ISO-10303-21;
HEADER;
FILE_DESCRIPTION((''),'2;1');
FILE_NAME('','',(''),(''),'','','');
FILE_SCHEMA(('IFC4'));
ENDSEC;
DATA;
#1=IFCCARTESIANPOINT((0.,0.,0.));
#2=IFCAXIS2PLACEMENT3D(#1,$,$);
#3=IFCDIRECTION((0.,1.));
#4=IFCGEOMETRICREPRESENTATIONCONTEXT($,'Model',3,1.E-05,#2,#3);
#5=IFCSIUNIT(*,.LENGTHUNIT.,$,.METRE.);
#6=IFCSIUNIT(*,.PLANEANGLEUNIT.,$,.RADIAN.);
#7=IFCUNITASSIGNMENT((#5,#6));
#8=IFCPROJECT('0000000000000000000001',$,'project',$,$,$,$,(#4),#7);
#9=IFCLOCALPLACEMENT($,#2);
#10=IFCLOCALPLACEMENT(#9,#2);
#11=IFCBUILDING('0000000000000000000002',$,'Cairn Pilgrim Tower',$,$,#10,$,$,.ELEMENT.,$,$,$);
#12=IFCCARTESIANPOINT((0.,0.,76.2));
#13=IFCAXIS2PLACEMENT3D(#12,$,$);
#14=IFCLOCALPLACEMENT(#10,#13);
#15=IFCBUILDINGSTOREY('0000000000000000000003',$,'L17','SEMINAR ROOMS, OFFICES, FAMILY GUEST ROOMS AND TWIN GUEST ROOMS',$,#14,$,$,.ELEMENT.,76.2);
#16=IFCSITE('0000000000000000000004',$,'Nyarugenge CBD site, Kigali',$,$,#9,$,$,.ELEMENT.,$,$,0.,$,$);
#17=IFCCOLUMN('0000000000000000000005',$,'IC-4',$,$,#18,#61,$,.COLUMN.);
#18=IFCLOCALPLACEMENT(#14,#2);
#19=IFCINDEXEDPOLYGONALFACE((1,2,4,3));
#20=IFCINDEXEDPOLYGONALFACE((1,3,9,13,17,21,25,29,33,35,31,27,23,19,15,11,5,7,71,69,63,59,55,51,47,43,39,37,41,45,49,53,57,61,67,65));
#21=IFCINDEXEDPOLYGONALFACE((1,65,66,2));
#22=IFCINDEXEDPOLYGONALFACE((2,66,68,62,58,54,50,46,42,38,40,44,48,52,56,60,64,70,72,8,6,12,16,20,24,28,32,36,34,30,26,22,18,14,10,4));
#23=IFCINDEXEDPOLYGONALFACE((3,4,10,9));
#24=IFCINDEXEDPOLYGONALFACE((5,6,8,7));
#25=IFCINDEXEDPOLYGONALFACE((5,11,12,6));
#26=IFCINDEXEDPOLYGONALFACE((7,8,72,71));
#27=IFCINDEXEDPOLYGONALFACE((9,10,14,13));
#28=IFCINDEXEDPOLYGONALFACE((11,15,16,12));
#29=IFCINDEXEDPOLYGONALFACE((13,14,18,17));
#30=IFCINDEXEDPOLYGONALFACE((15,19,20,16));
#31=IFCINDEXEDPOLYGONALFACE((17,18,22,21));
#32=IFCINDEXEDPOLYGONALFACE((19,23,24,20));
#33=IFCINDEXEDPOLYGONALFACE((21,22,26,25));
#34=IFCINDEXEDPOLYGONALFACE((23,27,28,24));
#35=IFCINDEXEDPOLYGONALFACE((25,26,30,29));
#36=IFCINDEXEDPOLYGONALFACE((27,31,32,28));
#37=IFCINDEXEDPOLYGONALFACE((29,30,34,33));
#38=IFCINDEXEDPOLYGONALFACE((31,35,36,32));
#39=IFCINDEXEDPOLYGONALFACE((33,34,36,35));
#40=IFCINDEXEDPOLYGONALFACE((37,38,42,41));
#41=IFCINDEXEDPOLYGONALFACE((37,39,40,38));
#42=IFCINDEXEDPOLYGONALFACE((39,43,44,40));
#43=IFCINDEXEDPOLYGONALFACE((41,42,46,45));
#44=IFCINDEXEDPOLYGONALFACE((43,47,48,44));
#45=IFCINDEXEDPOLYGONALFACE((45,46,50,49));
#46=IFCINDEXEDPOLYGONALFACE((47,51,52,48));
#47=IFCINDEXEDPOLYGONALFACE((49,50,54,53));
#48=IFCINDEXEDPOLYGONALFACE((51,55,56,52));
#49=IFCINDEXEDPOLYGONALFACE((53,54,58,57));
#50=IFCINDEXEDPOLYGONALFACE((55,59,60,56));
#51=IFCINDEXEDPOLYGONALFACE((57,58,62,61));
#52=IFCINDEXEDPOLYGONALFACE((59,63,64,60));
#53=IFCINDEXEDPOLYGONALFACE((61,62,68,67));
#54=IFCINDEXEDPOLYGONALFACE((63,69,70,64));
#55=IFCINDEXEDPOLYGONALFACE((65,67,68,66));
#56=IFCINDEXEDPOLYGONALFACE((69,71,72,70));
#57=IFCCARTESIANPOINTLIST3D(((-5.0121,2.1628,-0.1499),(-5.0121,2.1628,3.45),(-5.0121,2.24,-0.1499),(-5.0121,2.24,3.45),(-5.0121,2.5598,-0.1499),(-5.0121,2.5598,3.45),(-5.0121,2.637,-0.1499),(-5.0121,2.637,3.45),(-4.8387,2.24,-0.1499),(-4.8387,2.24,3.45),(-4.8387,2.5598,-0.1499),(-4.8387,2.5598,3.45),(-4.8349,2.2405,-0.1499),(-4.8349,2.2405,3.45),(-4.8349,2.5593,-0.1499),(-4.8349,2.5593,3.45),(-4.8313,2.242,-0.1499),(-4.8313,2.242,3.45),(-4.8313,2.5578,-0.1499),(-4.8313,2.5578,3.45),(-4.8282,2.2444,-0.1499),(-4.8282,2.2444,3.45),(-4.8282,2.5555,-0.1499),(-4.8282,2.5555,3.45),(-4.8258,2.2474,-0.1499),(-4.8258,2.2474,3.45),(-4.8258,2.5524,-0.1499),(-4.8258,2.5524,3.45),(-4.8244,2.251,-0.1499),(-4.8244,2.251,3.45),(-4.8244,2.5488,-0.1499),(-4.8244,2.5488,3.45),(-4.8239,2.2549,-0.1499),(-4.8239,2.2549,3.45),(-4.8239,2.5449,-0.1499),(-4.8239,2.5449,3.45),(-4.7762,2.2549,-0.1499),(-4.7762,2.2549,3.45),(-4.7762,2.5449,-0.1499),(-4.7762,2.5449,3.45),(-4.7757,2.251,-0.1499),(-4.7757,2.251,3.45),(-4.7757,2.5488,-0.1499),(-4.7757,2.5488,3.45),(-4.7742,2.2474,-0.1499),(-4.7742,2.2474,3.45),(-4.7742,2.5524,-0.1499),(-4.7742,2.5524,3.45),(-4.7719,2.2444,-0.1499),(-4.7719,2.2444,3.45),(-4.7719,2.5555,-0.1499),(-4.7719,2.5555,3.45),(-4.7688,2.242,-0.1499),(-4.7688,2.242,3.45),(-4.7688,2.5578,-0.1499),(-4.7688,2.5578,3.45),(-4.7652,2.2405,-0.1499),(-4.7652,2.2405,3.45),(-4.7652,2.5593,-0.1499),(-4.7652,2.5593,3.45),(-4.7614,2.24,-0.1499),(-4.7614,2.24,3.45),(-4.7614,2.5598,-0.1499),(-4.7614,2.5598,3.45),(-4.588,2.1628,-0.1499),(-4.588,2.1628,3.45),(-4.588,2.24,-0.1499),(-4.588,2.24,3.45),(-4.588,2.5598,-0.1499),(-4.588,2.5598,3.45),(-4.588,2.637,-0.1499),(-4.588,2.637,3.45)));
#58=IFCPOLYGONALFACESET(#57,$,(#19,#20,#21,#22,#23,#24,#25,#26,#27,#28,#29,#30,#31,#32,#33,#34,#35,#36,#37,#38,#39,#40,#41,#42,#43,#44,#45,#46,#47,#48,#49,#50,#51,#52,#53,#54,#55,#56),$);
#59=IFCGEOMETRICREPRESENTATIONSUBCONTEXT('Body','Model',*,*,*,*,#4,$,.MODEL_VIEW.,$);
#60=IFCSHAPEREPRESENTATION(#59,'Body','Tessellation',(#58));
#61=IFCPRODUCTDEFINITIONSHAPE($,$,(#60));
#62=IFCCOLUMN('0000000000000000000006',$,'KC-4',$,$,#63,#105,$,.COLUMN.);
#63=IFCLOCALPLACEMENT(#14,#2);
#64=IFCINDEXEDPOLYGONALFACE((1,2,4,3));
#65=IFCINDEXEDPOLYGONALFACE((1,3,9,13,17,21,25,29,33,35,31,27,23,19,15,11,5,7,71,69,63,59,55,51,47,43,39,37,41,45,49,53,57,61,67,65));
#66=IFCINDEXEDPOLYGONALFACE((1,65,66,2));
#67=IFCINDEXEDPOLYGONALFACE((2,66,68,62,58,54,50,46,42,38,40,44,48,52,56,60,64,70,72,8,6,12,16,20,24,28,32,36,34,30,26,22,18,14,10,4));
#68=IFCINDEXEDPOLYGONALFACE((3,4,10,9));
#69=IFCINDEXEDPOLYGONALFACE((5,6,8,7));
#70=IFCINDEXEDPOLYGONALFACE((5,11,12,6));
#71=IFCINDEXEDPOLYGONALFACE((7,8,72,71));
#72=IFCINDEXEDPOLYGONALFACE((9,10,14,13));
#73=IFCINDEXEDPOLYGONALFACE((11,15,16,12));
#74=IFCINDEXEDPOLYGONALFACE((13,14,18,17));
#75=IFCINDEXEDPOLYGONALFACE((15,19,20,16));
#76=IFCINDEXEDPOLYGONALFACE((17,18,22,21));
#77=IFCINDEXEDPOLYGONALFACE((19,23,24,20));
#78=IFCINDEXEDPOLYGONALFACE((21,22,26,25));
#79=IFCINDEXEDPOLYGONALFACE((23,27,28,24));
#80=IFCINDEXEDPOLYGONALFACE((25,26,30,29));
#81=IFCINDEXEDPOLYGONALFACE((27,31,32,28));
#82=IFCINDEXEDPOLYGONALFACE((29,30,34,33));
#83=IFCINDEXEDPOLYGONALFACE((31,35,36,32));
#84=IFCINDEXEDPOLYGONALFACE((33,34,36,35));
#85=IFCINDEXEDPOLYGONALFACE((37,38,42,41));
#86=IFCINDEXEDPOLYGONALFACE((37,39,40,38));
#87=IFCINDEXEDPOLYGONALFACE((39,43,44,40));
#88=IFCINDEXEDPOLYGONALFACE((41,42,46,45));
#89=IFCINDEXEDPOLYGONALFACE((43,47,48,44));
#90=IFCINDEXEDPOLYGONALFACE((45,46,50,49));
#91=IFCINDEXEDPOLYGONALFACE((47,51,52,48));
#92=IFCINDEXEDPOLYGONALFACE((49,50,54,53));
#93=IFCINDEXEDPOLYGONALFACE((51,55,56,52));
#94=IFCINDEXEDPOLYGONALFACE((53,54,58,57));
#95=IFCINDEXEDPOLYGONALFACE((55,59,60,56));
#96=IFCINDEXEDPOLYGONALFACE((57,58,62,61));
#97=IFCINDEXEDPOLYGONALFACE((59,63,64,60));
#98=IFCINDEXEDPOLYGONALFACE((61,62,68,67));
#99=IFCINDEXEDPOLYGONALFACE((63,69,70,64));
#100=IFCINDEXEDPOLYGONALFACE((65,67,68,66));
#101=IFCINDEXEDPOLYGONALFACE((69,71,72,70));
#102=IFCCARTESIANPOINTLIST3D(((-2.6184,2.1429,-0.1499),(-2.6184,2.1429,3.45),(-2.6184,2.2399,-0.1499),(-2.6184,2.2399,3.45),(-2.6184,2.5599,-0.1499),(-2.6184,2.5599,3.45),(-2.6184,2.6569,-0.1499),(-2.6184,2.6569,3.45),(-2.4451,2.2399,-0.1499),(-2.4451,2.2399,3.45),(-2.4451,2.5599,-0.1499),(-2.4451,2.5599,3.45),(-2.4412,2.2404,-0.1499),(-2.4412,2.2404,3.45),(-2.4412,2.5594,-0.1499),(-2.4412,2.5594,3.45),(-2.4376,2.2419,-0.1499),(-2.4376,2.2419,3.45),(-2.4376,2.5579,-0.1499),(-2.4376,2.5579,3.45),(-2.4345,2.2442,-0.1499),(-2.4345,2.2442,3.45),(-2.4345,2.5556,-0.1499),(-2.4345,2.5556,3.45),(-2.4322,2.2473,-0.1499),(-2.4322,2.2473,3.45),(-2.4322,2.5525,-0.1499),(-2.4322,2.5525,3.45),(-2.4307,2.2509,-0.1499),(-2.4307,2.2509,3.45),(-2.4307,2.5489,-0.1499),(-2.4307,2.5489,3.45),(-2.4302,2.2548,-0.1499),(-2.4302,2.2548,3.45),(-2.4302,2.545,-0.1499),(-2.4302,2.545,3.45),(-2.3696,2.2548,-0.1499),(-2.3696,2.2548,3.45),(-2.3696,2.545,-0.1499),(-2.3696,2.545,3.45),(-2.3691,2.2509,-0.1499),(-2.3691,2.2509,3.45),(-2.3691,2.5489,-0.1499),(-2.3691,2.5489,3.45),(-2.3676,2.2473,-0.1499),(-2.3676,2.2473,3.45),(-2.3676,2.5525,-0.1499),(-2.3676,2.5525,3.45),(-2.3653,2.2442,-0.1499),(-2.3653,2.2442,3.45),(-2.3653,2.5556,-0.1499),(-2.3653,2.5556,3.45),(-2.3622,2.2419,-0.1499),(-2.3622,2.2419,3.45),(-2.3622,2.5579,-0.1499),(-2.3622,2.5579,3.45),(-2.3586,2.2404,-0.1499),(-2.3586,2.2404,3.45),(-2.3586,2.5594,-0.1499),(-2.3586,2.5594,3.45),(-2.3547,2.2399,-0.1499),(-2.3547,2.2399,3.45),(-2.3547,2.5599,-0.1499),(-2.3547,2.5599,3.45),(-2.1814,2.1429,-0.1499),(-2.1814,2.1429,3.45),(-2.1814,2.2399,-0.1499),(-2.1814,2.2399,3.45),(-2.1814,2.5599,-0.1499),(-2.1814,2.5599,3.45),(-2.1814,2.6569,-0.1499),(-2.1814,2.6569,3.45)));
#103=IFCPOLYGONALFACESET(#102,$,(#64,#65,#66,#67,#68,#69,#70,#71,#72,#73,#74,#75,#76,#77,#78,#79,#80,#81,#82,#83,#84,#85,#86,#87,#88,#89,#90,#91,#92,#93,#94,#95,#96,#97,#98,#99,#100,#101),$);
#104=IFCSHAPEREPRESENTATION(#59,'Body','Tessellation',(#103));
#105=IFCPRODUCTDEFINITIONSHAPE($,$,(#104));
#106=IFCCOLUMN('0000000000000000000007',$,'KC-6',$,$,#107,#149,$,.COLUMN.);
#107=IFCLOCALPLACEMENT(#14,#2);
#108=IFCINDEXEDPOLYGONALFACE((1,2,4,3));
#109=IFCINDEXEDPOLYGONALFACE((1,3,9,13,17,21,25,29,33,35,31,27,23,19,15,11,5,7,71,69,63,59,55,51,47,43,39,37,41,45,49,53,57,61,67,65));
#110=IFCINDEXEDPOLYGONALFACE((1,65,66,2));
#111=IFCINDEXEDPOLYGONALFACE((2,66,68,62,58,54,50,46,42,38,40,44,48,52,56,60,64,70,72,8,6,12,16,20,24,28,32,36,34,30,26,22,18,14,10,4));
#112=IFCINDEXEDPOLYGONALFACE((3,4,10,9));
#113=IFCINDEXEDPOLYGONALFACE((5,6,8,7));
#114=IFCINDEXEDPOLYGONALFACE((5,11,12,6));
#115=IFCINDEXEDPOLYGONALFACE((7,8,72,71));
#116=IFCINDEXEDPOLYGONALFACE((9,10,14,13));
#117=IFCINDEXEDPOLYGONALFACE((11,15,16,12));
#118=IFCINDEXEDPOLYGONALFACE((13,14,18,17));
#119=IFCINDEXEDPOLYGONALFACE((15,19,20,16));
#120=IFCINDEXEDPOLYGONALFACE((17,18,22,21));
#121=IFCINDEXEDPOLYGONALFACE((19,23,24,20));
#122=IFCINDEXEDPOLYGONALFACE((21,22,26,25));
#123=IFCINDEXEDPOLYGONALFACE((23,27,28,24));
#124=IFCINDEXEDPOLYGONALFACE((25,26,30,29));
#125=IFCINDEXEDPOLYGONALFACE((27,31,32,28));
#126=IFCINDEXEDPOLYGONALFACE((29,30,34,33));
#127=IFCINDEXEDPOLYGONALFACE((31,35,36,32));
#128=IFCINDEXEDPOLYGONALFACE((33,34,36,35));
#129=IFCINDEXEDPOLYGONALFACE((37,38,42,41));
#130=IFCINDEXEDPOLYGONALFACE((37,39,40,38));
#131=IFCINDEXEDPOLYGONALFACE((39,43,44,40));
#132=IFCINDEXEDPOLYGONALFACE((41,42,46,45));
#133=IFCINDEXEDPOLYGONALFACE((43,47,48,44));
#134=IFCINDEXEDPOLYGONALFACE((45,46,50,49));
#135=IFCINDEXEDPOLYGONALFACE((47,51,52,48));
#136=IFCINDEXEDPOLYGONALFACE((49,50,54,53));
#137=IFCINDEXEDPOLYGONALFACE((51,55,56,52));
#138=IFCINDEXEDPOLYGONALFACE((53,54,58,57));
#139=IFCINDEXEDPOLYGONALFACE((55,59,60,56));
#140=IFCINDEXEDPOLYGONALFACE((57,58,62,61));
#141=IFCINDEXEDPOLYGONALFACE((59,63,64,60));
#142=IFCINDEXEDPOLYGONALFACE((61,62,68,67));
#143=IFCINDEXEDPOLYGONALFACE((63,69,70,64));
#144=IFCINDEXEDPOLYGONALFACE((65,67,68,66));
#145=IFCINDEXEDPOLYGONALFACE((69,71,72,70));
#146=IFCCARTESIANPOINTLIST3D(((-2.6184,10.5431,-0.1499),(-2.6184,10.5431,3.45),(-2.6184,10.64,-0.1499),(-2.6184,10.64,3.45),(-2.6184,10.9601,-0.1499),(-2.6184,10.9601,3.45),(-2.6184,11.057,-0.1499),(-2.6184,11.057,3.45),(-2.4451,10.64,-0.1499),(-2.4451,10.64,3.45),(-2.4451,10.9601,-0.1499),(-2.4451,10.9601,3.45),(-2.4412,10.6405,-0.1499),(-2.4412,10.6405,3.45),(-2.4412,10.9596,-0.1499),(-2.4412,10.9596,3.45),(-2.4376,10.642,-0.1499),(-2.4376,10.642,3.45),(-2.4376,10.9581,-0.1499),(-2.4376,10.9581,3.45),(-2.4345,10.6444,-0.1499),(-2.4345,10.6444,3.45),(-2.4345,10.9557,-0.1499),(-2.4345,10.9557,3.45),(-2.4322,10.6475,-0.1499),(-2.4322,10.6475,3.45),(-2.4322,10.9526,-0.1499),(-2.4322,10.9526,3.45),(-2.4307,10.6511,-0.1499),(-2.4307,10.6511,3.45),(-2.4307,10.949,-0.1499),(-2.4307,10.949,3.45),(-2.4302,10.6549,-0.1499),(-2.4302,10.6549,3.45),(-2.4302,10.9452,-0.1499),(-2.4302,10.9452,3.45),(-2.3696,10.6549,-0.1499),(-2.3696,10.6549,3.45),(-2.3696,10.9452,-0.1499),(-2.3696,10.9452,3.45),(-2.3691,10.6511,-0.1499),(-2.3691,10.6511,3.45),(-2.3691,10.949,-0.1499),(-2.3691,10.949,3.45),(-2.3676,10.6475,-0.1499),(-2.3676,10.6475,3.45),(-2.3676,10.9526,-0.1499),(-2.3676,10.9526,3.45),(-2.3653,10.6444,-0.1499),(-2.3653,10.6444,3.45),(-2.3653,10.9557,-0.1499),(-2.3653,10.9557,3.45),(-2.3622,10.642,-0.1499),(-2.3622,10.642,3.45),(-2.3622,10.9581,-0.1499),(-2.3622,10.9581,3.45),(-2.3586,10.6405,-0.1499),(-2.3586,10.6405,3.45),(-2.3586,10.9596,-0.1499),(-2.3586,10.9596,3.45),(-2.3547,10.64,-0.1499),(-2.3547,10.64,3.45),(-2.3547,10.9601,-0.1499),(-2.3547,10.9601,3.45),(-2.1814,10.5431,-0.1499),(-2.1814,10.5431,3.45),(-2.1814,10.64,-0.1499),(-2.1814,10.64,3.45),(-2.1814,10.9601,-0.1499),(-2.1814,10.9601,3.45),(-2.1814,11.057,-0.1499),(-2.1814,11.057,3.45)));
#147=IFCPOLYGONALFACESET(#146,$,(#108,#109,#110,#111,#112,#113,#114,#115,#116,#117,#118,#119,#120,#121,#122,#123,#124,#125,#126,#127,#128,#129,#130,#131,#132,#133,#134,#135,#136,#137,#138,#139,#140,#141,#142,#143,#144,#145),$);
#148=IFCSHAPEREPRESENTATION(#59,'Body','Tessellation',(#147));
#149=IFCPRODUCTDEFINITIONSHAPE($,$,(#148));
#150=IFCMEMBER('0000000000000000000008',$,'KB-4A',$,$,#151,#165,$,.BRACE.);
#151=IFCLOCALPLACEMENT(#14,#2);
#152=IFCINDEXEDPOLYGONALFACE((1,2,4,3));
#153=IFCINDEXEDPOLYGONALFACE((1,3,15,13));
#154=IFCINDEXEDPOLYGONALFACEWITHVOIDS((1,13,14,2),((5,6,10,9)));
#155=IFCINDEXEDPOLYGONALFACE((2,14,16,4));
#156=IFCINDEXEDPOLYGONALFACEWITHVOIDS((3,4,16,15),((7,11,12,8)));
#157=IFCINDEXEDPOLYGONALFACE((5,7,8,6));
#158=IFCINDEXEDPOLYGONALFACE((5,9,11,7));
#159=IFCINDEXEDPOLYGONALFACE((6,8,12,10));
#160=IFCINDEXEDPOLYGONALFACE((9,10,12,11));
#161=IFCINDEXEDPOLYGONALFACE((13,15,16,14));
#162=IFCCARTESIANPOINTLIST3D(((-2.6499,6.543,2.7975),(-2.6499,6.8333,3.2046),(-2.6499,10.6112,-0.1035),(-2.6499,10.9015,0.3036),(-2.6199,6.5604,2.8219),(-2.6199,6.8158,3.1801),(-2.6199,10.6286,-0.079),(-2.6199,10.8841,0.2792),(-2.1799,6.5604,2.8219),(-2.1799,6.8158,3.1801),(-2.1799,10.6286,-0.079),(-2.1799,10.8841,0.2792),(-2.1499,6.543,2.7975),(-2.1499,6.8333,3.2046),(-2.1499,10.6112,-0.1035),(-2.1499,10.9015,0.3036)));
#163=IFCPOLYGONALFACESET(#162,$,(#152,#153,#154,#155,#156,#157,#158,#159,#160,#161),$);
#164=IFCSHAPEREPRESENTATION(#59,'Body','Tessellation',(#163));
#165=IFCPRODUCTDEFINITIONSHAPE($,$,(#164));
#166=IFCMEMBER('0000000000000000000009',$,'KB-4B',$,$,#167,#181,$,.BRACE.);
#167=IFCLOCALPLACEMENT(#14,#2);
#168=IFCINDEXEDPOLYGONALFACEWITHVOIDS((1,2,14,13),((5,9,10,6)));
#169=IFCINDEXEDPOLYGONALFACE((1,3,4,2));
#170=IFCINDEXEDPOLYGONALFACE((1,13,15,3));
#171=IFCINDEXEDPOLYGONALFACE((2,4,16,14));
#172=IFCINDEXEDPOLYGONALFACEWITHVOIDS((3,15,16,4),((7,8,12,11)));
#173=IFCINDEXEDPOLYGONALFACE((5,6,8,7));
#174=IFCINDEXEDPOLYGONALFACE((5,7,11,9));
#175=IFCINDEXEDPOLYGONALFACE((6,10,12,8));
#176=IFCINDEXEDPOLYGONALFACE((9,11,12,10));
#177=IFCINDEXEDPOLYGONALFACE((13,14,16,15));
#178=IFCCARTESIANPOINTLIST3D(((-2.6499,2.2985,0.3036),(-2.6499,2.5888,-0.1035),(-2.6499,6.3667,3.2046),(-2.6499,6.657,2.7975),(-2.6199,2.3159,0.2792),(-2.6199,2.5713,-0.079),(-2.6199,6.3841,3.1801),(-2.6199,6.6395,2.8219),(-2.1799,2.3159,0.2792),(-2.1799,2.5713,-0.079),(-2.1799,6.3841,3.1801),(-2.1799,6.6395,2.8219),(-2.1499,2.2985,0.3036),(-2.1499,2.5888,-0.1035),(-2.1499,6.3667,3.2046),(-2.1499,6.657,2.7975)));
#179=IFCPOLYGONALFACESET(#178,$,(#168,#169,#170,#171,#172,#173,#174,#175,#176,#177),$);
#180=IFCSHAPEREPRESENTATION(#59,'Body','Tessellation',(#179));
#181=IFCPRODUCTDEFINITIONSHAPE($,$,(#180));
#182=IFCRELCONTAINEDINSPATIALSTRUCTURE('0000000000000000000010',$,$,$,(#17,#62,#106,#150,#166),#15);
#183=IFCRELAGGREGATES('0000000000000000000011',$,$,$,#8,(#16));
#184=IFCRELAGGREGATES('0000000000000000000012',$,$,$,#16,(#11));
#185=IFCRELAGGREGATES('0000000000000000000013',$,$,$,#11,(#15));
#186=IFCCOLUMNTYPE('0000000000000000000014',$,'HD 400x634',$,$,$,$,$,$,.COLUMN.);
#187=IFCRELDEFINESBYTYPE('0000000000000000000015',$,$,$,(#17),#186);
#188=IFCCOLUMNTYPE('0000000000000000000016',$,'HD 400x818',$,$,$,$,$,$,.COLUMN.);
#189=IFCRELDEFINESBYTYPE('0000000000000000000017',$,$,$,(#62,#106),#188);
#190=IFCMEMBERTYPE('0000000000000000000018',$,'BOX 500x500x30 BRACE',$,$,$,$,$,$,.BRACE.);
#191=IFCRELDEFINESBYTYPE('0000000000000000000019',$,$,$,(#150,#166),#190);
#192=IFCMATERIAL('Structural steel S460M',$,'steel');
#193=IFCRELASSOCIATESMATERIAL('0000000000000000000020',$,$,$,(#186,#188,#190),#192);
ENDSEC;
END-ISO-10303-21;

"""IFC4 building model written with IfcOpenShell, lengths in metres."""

from ifc_helpers import new_model, si_unit, direction, frame, origin, origin_2d, place, context, subcontext, project, spatial, hollow_rectangle, i_section, extrude, material, material_profile, profile_set, type_object, element, save


model = new_model("IFC4")

# Units and contexts
model_context = context("Model", 3, precision=1e-05, world=origin(), true_north=direction((0.0, 1.0)))
body_context = subcontext(model_context, "Body", "Model", "MODEL_VIEW")
ifc_project = project(units=[si_unit("LENGTHUNIT", "METRE"), si_unit("PLANEANGLEUNIT", "RADIAN")], contexts=[model_context])

# Site, building, storey
site_placement = place(None, origin())
site = spatial("IfcSite", under=ifc_project, at=site_placement, Name="Nyarugenge CBD site, Kigali", CompositionType="ELEMENT", RefElevation=0.0)
building_placement = place(site_placement, origin())
building = spatial("IfcBuilding", under=site, at=building_placement, Name="Cairn Pilgrim Tower", CompositionType="ELEMENT")
storey_placement = place(building_placement, frame((0.0, 0.0, 76.2)))
storey = spatial("IfcBuildingStorey", under=building, at=storey_placement, Name="L17", Description="SEMINAR ROOMS, OFFICES, FAMILY GUEST ROOMS AND TWIN GUEST ROOMS", CompositionType="ELEMENT", Elevation=76.2)

# Columns
ifc_material_1 = material(Name="Structural steel S460M", Category="steel")
ifc_material_profile_1 = material_profile(ifc_material_1, i_section(OverallWidth=0.4241, OverallDepth=0.4741, WebThickness=0.0476, FlangeThickness=0.0771, FilletRadius=0.0149, at=origin_2d()), Name="HD 400x634")
ifc_profile_set_1 = profile_set([ifc_material_profile_1], Name="Structural steel S460M")
column_type_1 = type_object("IfcColumnType", Name="HD 400x634", PredefinedType="COLUMN", material=ifc_profile_set_1)
column_placement = place(storey_placement, frame((-4.8, 2.3999, -0.1499), z_axis=(0.0, 0.0, 1.0), x_axis=(1.0, 0.0, 0.0)))
element("IfcColumn", 1, at=column_placement, inside=storey, type_object=column_type_1, Name="IC-4", PredefinedType="COLUMN", context=body_context, shape_type="SweptSolid", body=[
    extrude(i_section(OverallWidth=0.4241, OverallDepth=0.4741, WebThickness=0.0476, FlangeThickness=0.0771, FilletRadius=0.0149, at=origin_2d()), origin(), (0.0, 0.0, 1.0), 3.5999),
])
ifc_material_profile_2 = material_profile(ifc_material_1, i_section(OverallWidth=0.437, OverallDepth=0.5139, WebThickness=0.0605, FlangeThickness=0.0969, FilletRadius=0.0149, at=origin_2d()), Name="HD 400x818")
ifc_profile_set_2 = profile_set([ifc_material_profile_2], Name="Structural steel S460M")
column_type_2 = type_object("IfcColumnType", Name="HD 400x818", PredefinedType="COLUMN", material=ifc_profile_set_2)
for number, where, z_axis, x_axis, name in (
    (2, (-2.3999, 2.3999, -0.1499), (0.0, 0.0, 1.0), (1.0, 0.0, 0.0), "KC-4"),
    (3, (-2.3999, 10.8, -0.1499), (0.0, 0.0, 1.0), (1.0, 0.0, 0.0), "KC-6"),
):
    element("IfcColumn", number, at=place(storey_placement, frame(where, z_axis=z_axis, x_axis=x_axis)), inside=storey, type_object=column_type_2, Name=name, PredefinedType="COLUMN", context=body_context, shape_type="SweptSolid", body=[
        extrude(i_section(OverallWidth=0.437, OverallDepth=0.5139, WebThickness=0.0605, FlangeThickness=0.0969, FilletRadius=0.0149, at=origin_2d()), origin(), (0.0, 0.0, 1.0), 3.5999),
    ])

# Members
ifc_material_profile_3 = material_profile(ifc_material_1, hollow_rectangle(XDim=0.5, YDim=0.5, WallThickness=0.03, at=origin_2d()), Name="BOX 500x500x30")
ifc_profile_set_3 = profile_set([ifc_material_profile_3], Name="Structural steel S460M")
member_type = type_object("IfcMemberType", Name="BOX 500x500x30 BRACE", PredefinedType="BRACE", material=ifc_profile_set_3)
for number, where, z_axis, x_axis, name in (
    (4, (-2.3999, 10.7563, 0.1001), (0.0, -0.814199, 0.580586), (1.0, 0.0, 0.0), "KB-4A"),
    (5, (-2.3999, 2.4436, 0.1001), (0.0, 0.814199, 0.580586), (-1.0, 0.0, 0.0), "KB-4B"),
):
    element("IfcMember", number, at=place(storey_placement, frame(where, z_axis=z_axis, x_axis=x_axis)), inside=storey, type_object=member_type, Name=name, PredefinedType="BRACE", context=body_context, shape_type="SweptSolid", body=[
        extrude(hollow_rectangle(XDim=0.5, YDim=0.5, WallThickness=0.03, at=origin_2d()), origin(), (0.0, 0.0, 1.0), 4.9966),
    ])

save(model, "model.ifc")
